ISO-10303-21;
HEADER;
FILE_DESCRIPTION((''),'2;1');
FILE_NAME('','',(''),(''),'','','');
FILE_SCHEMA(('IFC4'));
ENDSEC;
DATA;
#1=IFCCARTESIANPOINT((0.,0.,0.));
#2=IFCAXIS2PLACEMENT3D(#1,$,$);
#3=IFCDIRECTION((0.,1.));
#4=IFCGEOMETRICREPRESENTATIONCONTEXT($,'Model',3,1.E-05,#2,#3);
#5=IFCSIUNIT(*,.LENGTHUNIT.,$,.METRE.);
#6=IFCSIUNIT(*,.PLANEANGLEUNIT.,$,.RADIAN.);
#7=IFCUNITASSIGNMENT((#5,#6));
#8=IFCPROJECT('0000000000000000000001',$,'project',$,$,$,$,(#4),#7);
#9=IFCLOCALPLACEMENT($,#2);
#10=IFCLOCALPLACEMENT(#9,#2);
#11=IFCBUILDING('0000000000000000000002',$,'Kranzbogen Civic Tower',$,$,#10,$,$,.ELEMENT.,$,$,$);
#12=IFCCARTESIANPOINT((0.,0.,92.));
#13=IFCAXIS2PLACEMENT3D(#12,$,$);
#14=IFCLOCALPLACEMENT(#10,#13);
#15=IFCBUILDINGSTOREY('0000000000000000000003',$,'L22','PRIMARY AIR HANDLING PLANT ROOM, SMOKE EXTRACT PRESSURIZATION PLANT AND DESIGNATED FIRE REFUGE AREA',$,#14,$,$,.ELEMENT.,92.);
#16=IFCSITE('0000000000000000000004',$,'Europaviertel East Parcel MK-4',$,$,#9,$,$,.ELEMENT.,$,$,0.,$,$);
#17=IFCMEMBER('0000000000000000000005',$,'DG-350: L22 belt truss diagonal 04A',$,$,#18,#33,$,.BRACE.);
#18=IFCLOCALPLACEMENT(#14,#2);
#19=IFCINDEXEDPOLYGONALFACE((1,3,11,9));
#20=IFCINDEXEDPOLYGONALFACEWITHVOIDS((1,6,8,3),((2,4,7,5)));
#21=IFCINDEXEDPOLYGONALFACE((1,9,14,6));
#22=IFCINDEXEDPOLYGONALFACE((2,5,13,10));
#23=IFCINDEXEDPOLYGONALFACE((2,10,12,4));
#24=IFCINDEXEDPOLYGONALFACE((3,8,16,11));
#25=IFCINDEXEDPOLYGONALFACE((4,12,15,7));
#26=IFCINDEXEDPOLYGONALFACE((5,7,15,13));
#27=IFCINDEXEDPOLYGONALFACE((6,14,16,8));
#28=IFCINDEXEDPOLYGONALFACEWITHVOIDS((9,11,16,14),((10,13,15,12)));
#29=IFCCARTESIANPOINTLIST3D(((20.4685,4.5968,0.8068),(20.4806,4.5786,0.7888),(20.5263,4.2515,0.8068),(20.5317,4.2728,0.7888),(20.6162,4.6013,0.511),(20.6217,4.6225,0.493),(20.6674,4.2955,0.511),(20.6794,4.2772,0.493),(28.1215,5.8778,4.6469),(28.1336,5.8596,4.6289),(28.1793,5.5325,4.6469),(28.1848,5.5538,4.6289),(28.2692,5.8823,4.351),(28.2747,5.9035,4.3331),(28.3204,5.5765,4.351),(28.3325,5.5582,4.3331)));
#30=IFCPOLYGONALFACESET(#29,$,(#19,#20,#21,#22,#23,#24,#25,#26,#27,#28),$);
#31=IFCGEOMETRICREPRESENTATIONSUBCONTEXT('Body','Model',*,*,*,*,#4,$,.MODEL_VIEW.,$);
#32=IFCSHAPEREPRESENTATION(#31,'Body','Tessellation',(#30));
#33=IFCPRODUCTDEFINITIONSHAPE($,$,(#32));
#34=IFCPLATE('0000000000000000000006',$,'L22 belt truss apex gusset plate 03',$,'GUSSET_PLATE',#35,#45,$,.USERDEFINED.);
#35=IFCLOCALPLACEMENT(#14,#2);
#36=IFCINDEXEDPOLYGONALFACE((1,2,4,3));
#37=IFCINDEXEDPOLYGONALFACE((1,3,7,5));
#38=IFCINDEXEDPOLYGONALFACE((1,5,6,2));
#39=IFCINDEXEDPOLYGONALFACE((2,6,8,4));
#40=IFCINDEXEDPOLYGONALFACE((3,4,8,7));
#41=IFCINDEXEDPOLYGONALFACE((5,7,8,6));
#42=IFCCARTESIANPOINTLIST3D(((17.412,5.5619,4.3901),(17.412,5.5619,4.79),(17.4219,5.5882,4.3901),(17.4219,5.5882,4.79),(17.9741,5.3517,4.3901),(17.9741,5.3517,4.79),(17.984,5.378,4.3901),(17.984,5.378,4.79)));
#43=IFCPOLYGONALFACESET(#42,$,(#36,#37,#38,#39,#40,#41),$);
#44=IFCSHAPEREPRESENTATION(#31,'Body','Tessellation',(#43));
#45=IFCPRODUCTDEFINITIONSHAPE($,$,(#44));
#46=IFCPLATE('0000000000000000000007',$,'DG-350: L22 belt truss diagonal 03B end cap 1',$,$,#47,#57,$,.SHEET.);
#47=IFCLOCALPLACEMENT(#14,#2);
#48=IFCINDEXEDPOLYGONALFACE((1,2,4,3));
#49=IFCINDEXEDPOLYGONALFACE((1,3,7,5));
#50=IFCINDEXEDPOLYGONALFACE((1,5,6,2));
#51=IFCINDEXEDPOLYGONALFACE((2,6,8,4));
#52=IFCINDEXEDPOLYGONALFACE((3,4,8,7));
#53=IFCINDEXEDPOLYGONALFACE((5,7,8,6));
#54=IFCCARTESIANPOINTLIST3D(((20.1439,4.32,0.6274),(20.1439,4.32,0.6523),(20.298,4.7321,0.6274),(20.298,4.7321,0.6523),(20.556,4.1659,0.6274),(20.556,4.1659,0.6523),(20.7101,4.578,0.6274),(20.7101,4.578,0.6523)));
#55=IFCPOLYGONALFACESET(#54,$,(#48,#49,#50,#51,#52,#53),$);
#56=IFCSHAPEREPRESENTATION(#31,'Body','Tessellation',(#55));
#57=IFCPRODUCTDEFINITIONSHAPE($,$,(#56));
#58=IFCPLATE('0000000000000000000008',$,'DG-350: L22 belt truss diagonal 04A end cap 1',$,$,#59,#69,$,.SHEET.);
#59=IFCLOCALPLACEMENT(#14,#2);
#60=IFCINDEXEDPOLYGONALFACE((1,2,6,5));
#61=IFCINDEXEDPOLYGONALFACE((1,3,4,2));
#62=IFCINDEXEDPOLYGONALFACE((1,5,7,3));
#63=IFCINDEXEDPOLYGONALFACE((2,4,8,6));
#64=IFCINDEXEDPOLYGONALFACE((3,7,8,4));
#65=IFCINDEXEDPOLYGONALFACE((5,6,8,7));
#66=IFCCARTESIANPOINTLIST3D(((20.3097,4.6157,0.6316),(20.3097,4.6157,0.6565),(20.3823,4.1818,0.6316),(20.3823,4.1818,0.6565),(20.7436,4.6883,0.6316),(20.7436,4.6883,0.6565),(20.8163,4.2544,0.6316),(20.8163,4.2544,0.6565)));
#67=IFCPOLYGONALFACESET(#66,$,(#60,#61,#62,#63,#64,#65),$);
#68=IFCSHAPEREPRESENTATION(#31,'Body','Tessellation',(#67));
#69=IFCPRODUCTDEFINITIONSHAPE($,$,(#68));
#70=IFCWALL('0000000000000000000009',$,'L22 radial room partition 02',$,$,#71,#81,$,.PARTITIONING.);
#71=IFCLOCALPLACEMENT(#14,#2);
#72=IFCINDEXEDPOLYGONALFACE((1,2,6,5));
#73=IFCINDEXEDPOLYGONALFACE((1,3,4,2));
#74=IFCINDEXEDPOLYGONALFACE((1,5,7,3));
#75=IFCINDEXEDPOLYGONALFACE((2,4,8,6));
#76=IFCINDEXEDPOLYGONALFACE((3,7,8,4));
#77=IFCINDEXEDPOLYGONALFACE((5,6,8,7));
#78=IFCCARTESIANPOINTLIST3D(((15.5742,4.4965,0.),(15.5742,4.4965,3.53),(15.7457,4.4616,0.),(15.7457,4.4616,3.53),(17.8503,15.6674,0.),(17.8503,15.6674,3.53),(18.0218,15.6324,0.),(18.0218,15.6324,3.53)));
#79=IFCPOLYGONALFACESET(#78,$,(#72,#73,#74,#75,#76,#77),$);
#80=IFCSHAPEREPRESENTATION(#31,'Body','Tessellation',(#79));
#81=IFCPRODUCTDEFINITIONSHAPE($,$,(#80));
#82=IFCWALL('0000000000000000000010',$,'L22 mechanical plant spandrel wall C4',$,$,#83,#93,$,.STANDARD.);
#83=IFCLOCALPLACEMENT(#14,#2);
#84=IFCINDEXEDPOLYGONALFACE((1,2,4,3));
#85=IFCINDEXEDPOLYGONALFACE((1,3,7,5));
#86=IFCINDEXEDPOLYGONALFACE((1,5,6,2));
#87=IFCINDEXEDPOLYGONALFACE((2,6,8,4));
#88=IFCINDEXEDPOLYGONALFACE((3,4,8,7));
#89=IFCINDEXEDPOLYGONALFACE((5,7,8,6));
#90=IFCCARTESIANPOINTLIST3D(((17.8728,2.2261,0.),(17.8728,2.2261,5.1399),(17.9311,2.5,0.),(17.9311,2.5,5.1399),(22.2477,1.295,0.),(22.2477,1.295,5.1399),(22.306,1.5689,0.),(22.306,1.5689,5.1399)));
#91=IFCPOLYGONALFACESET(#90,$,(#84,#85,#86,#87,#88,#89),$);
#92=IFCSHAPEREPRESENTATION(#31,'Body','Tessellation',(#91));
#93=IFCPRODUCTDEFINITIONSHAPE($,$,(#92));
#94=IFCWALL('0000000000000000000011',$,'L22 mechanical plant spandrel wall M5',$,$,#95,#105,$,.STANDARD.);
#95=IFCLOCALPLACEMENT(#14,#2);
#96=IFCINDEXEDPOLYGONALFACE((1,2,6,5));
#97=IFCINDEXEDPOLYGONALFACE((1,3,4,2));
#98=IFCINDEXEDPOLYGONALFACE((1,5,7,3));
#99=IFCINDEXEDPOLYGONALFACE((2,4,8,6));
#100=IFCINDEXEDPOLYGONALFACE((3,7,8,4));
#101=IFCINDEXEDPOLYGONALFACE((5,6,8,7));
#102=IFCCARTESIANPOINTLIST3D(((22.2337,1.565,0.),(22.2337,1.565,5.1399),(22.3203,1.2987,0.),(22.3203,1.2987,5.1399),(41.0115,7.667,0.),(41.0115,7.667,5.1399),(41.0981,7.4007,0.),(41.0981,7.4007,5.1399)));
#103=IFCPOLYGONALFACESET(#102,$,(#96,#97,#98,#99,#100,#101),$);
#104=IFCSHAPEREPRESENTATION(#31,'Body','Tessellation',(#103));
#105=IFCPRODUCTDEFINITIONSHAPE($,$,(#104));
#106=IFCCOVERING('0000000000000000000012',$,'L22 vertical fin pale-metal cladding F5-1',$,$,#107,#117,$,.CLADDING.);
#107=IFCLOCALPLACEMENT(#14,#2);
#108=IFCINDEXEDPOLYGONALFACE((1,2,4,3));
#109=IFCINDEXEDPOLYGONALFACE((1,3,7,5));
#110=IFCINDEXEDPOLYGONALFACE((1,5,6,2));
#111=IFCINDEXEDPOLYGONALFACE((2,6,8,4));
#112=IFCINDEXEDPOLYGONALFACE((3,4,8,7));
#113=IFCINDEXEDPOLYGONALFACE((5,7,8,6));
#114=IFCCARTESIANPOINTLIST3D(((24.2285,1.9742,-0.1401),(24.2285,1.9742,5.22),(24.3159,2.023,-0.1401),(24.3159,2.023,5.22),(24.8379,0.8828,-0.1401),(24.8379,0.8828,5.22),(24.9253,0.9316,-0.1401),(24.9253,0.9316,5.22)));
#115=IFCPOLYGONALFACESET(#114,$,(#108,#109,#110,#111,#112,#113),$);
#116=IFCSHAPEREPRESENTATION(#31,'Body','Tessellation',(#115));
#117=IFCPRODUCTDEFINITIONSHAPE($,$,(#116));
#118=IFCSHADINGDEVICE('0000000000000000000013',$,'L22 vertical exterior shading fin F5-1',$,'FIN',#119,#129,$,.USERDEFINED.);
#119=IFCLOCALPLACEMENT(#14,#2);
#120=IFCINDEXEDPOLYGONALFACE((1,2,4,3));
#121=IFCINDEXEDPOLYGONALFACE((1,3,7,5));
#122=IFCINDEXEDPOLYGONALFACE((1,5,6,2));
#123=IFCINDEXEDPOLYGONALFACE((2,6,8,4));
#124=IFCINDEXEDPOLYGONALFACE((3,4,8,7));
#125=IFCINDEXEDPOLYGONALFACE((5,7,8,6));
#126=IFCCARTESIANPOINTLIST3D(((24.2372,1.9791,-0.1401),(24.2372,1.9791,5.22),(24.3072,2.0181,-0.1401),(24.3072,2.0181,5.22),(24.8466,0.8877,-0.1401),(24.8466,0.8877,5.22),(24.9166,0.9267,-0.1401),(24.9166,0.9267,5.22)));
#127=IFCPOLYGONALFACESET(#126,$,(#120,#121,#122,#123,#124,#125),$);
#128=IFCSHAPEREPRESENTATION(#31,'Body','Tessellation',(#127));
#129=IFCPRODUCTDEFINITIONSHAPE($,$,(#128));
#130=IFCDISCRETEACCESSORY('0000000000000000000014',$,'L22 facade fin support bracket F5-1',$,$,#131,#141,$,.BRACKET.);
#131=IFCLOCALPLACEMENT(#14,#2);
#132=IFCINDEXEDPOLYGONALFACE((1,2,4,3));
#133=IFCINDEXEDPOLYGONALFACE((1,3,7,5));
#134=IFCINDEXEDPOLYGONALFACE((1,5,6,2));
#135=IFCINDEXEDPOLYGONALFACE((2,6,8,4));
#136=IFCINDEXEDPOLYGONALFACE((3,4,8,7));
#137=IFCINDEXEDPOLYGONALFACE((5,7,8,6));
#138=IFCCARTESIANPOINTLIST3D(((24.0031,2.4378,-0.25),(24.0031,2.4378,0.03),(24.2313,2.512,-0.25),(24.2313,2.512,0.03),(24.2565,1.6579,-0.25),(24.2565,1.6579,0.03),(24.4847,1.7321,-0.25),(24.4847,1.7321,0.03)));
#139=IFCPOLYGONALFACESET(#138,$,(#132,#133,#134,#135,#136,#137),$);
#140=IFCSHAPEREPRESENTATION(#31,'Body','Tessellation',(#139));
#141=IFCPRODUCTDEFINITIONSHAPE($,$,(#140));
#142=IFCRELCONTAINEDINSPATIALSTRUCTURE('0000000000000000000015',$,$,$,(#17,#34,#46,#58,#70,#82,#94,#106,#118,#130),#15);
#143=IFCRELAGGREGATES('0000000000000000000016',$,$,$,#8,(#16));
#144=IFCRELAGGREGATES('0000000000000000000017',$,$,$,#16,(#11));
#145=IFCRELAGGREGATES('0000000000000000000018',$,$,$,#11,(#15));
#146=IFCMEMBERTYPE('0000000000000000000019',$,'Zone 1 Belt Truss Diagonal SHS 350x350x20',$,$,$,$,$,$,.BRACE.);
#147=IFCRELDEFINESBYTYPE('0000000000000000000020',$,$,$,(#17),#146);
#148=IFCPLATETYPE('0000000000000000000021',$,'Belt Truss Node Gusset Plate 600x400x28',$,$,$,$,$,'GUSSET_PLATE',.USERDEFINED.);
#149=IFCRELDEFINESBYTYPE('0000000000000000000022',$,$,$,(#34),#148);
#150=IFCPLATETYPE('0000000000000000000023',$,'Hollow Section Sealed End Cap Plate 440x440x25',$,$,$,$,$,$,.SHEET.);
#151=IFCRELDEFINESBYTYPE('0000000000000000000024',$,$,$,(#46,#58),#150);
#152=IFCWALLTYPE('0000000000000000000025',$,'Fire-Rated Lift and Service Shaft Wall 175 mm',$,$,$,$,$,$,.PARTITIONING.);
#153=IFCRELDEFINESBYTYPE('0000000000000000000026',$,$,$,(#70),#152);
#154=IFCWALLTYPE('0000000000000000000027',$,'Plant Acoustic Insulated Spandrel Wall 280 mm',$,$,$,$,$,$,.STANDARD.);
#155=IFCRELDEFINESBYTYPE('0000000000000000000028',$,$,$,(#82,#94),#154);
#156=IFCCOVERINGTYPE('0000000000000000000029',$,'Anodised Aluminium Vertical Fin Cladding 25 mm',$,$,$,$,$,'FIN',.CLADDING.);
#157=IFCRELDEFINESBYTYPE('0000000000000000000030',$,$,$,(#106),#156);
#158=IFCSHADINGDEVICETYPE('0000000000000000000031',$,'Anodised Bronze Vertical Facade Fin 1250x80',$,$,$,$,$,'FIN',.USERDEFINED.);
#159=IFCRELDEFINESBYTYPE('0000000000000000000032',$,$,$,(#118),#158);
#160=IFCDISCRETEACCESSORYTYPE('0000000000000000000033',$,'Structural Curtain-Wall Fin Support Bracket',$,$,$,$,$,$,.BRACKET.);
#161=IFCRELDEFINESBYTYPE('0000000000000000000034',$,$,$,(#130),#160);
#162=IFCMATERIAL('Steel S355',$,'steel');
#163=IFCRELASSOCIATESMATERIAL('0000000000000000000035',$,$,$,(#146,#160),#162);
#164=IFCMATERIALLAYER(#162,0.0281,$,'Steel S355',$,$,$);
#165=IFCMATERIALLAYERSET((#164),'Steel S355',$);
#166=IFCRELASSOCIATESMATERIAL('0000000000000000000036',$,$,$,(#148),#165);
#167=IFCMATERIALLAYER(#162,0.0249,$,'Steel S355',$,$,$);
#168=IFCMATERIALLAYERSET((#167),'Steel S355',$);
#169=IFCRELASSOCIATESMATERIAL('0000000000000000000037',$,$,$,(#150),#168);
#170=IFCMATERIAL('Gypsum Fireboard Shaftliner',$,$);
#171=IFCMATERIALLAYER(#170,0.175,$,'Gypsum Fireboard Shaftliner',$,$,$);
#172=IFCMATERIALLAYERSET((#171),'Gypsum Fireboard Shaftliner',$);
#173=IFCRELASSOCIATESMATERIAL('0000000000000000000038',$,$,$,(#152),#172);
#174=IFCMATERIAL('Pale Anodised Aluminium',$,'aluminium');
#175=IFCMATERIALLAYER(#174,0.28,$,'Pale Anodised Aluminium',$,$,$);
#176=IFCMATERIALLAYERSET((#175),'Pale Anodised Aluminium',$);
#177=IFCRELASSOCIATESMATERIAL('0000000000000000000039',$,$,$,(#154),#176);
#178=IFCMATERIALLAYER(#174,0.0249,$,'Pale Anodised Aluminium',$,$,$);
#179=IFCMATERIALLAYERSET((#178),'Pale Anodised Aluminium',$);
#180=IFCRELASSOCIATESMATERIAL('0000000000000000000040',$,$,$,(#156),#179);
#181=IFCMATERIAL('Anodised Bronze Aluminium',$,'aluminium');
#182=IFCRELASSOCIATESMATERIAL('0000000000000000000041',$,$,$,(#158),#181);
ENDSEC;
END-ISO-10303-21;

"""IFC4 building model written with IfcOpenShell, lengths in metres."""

from ifc_helpers import new_model, si_unit, direction, frame, frame_2d, origin, origin_2d, place, context, subcontext, project, spatial, rectangle, hollow_rectangle, extrude, material, layer, layer_set, material_profile, profile_set, type_object, element, save


model = new_model("IFC4")

# Units and contexts
model_context = context("Model", 3, precision=1e-05, world=origin(), true_north=direction((0.0, 1.0)))
body_context = subcontext(model_context, "Body", "Model", "MODEL_VIEW")
ifc_project = project(units=[si_unit("LENGTHUNIT", "METRE"), si_unit("PLANEANGLEUNIT", "RADIAN")], contexts=[model_context])

# Site, building, storey
site_placement = place(None, origin())
site = spatial("IfcSite", under=ifc_project, at=site_placement, Name="Europaviertel East Parcel MK-4", CompositionType="ELEMENT", RefElevation=0.0)
building_placement = place(site_placement, origin())
building = spatial("IfcBuilding", under=site, at=building_placement, Name="Kranzbogen Civic Tower", CompositionType="ELEMENT")
storey_placement = place(building_placement, frame((0.0, 0.0, 92.0)))
storey = spatial("IfcBuildingStorey", under=building, at=storey_placement, Name="L22", Description="PRIMARY AIR HANDLING PLANT ROOM, SMOKE EXTRACT PRESSURIZATION PLANT AND DESIGNATED FIRE REFUGE AREA", CompositionType="ELEMENT", Elevation=92.0)

# Shared definitions
ifc_material_1 = material(Name="Steel S355", Category="steel")

# Member
ifc_material_profile_1 = material_profile(ifc_material_1, hollow_rectangle(XDim=0.3501, YDim=0.3501, WallThickness=0.02, at=origin_2d()), Name="SHS 350x350x20")
ifc_profile_set_1 = profile_set([ifc_material_profile_1], Name="Steel S355")
member_type_1 = type_object("IfcMemberType", Name="Zone 1 Belt Truss Diagonal SHS 350x350x20", PredefinedType="BRACE", material=ifc_profile_set_1)
member_1_placement = place(storey_placement, frame((20.574, 4.437, 0.6499), z_axis=(0.883956, 0.14796, 0.443543), x_axis=(-0.165088, 0.986279, 0.0)))
element("IfcMember", 1, at=member_1_placement, inside=storey, type_object=member_type_1, Name="DG-350: L22 belt truss diagonal 04A", PredefinedType="BRACE", context=body_context, shape_type="SweptSolid", body=[
    extrude(hollow_rectangle(XDim=0.3501, YDim=0.3501, WallThickness=0.02, at=origin_2d()), origin(), (0.0, 0.0, 1.0), 8.6577),
])

# Plates
ifc_layer_1 = layer(ifc_material_1, 0.0281, Name="Steel S355")
ifc_layer_set_1 = layer_set([ifc_layer_1], Name="Steel S355")
plate_type_1 = type_object("IfcPlateType", Name="Belt Truss Node Gusset Plate 600x400x28", ElementType="GUSSET_PLATE", PredefinedType="USERDEFINED", material=ifc_layer_set_1)
plate_placement = place(storey_placement, frame((17.698, 5.47, 4.3901), z_axis=(0.0, 0.0, 1.0), x_axis=(0.936648, -0.350273, 0.0)))
element("IfcPlate", 2, at=plate_placement, inside=storey, type_object=plate_type_1, Name="L22 belt truss apex gusset plate 03", ObjectType="GUSSET_PLATE", PredefinedType="USERDEFINED", context=body_context, shape_type="SweptSolid", body=[
    extrude(rectangle(XDim=0.6001, YDim=0.0281, at=origin_2d()), origin(), (0.0, 0.0, 1.0), 0.3999),
])
ifc_layer_2 = layer(ifc_material_1, 0.0249, Name="Steel S355")
ifc_layer_set_2 = layer_set([ifc_layer_2], Name="Steel S355")
plate_type_2 = type_object("IfcPlateType", Name="Hollow Section Sealed End Cap Plate 440x440x25", PredefinedType="SHEET", material=ifc_layer_set_2)
for number, where, z_axis, x_axis, name in (
    (3, (20.427, 4.449, 0.6274), (0.0, 0.0, 1.0), (-0.936642, 0.350289, 0.0), "DG-350: L22 belt truss diagonal 03B end cap 1"),
    (4, (20.563, 4.4351, 0.6316), (0.0, 0.0, 1.0), (0.98628, 0.165082, 0.0), "DG-350: L22 belt truss diagonal 04A end cap 1"),
):
    element("IfcPlate", number, at=place(storey_placement, frame(where, z_axis=z_axis, x_axis=x_axis)), inside=storey, type_object=plate_type_2, Name=name, PredefinedType="SHEET", context=body_context, shape_type="SweptSolid", body=[
        extrude(rectangle(XDim=0.4399, YDim=0.4399, at=origin_2d()), origin(), (0.0, 0.0, 1.0), 0.0249),
    ])

# Walls
ifc_material_2 = material(Name="Gypsum Fireboard Shaftliner")
ifc_layer_3 = layer(ifc_material_2, 0.175, Name="Gypsum Fireboard Shaftliner")
ifc_layer_set_3 = layer_set([ifc_layer_3], Name="Gypsum Fireboard Shaftliner")
wall_type_1 = type_object("IfcWallType", Name="Fire-Rated Lift and Service Shaft Wall 175 mm", PredefinedType="PARTITIONING", material=ifc_layer_set_3)
wall_1_placement = place(storey_placement, frame((17.936, 15.6499, 0.0), z_axis=(0.0, 0.0, 1.0), x_axis=(-0.199652, -0.979867, 0.0)))
element("IfcWall", 5, at=wall_1_placement, inside=storey, type_object=wall_type_1, Name="L22 radial room partition 02", PredefinedType="PARTITIONING", context=body_context, shape_type="SweptSolid", body=[
    extrude(rectangle(XDim=11.4004, YDim=0.175, at=frame_2d((5.7002, 0.0))), origin(), (0.0, 0.0, 1.0), 3.53),
])
ifc_material_3 = material(Name="Pale Anodised Aluminium", Category="aluminium")
ifc_layer_4 = layer(ifc_material_3, 0.28, Name="Pale Anodised Aluminium")
ifc_layer_set_4 = layer_set([ifc_layer_4], Name="Pale Anodised Aluminium")
wall_type_2 = type_object("IfcWallType", Name="Plant Acoustic Insulated Spandrel Wall 280 mm", PredefinedType="STANDARD", material=ifc_layer_set_4)
wall_2_placement = place(storey_placement, frame((17.9021, 2.363, 0.0), z_axis=(0.0, 0.0, 1.0), x_axis=(0.978092, -0.208172, 0.0)))
element("IfcWall", 6, at=wall_2_placement, inside=storey, type_object=wall_type_2, Name="L22 mechanical plant spandrel wall C4", PredefinedType="STANDARD", context=body_context, shape_type="SweptSolid", body=[
    extrude(rectangle(XDim=4.4729, YDim=0.28, at=frame_2d((2.2363, 0.0))), origin(), (0.0, 0.0, 1.0), 5.1399),
])
wall_3_placement = place(storey_placement, frame((22.2771, 1.4319, 0.0), z_axis=(0.0, 0.0, 1.0), x_axis=(0.951045, 0.309052, 0.0)))
element("IfcWall", 7, at=wall_3_placement, inside=storey, type_object=wall_type_2, Name="L22 mechanical plant spandrel wall M5", PredefinedType="STANDARD", context=body_context, shape_type="SweptSolid", body=[
    extrude(rectangle(XDim=19.7444, YDim=0.28, at=frame_2d((9.8721, 0.0))), origin(), (0.0, 0.0, 1.0), 5.1399),
])

# Covering
ifc_layer_5 = layer(ifc_material_3, 0.0249, Name="Pale Anodised Aluminium")
ifc_layer_set_5 = layer_set([ifc_layer_5], Name="Pale Anodised Aluminium")
covering_type = type_object("IfcCoveringType", Name="Anodised Aluminium Vertical Fin Cladding 25 mm", ElementType="FIN", PredefinedType="CLADDING", material=ifc_layer_set_5)
covering_placement = place(storey_placement, frame((24.5769, 1.4529, -0.1401), z_axis=(0.0, 0.0, 1.0), x_axis=(0.487524, -0.873109, 0.0)))
element("IfcCovering", 8, at=covering_placement, inside=storey, type_object=covering_type, Name="L22 vertical fin pale-metal cladding F5-1", PredefinedType="CLADDING", context=body_context, shape_type="SweptSolid", body=[
    extrude(rectangle(XDim=1.25, YDim=0.1001, at=origin_2d()), origin(), (0.0, 0.0, 1.0), 5.3601),
])

# Shading device
ifc_material_4 = material(Name="Anodised Bronze Aluminium", Category="aluminium")
shading_device_type = type_object("IfcShadingDeviceType", Name="Anodised Bronze Vertical Facade Fin 1250x80", ElementType="FIN", PredefinedType="USERDEFINED", material=ifc_material_4)
shading_device_placement = place(storey_placement, frame((24.5769, 1.4529, -0.1401), z_axis=(0.0, 0.0, 1.0), x_axis=(0.487524, -0.873109, 0.0)))
element("IfcShadingDevice", 9, at=shading_device_placement, inside=storey, type_object=shading_device_type, Name="L22 vertical exterior shading fin F5-1", ObjectType="FIN", PredefinedType="USERDEFINED", context=body_context, shape_type="SweptSolid", body=[
    extrude(rectangle(XDim=1.25, YDim=0.0801, at=origin_2d()), origin(), (0.0, 0.0, 1.0), 5.3601),
])

# Discrete accessory
discrete_accessory_type = type_object("IfcDiscreteAccessoryType", Name="Structural Curtain-Wall Fin Support Bracket", PredefinedType="BRACKET", material=ifc_material_1)
discrete_accessory_placement = place(storey_placement, frame((24.2439, 2.085, -0.25), z_axis=(0.0, 0.0, 1.0), x_axis=(0.309017, -0.951057, 0.0)))
element("IfcDiscreteAccessory", 10, at=discrete_accessory_placement, inside=storey, type_object=discrete_accessory_type, Name="L22 facade fin support bracket F5-1", PredefinedType="BRACKET", context=body_context, shape_type="SweptSolid", body=[
    extrude(rectangle(XDim=0.8201, YDim=0.24, at=origin_2d()), origin(), (0.0, 0.0, 1.0), 0.28),
])

save(model, "model.ifc")
